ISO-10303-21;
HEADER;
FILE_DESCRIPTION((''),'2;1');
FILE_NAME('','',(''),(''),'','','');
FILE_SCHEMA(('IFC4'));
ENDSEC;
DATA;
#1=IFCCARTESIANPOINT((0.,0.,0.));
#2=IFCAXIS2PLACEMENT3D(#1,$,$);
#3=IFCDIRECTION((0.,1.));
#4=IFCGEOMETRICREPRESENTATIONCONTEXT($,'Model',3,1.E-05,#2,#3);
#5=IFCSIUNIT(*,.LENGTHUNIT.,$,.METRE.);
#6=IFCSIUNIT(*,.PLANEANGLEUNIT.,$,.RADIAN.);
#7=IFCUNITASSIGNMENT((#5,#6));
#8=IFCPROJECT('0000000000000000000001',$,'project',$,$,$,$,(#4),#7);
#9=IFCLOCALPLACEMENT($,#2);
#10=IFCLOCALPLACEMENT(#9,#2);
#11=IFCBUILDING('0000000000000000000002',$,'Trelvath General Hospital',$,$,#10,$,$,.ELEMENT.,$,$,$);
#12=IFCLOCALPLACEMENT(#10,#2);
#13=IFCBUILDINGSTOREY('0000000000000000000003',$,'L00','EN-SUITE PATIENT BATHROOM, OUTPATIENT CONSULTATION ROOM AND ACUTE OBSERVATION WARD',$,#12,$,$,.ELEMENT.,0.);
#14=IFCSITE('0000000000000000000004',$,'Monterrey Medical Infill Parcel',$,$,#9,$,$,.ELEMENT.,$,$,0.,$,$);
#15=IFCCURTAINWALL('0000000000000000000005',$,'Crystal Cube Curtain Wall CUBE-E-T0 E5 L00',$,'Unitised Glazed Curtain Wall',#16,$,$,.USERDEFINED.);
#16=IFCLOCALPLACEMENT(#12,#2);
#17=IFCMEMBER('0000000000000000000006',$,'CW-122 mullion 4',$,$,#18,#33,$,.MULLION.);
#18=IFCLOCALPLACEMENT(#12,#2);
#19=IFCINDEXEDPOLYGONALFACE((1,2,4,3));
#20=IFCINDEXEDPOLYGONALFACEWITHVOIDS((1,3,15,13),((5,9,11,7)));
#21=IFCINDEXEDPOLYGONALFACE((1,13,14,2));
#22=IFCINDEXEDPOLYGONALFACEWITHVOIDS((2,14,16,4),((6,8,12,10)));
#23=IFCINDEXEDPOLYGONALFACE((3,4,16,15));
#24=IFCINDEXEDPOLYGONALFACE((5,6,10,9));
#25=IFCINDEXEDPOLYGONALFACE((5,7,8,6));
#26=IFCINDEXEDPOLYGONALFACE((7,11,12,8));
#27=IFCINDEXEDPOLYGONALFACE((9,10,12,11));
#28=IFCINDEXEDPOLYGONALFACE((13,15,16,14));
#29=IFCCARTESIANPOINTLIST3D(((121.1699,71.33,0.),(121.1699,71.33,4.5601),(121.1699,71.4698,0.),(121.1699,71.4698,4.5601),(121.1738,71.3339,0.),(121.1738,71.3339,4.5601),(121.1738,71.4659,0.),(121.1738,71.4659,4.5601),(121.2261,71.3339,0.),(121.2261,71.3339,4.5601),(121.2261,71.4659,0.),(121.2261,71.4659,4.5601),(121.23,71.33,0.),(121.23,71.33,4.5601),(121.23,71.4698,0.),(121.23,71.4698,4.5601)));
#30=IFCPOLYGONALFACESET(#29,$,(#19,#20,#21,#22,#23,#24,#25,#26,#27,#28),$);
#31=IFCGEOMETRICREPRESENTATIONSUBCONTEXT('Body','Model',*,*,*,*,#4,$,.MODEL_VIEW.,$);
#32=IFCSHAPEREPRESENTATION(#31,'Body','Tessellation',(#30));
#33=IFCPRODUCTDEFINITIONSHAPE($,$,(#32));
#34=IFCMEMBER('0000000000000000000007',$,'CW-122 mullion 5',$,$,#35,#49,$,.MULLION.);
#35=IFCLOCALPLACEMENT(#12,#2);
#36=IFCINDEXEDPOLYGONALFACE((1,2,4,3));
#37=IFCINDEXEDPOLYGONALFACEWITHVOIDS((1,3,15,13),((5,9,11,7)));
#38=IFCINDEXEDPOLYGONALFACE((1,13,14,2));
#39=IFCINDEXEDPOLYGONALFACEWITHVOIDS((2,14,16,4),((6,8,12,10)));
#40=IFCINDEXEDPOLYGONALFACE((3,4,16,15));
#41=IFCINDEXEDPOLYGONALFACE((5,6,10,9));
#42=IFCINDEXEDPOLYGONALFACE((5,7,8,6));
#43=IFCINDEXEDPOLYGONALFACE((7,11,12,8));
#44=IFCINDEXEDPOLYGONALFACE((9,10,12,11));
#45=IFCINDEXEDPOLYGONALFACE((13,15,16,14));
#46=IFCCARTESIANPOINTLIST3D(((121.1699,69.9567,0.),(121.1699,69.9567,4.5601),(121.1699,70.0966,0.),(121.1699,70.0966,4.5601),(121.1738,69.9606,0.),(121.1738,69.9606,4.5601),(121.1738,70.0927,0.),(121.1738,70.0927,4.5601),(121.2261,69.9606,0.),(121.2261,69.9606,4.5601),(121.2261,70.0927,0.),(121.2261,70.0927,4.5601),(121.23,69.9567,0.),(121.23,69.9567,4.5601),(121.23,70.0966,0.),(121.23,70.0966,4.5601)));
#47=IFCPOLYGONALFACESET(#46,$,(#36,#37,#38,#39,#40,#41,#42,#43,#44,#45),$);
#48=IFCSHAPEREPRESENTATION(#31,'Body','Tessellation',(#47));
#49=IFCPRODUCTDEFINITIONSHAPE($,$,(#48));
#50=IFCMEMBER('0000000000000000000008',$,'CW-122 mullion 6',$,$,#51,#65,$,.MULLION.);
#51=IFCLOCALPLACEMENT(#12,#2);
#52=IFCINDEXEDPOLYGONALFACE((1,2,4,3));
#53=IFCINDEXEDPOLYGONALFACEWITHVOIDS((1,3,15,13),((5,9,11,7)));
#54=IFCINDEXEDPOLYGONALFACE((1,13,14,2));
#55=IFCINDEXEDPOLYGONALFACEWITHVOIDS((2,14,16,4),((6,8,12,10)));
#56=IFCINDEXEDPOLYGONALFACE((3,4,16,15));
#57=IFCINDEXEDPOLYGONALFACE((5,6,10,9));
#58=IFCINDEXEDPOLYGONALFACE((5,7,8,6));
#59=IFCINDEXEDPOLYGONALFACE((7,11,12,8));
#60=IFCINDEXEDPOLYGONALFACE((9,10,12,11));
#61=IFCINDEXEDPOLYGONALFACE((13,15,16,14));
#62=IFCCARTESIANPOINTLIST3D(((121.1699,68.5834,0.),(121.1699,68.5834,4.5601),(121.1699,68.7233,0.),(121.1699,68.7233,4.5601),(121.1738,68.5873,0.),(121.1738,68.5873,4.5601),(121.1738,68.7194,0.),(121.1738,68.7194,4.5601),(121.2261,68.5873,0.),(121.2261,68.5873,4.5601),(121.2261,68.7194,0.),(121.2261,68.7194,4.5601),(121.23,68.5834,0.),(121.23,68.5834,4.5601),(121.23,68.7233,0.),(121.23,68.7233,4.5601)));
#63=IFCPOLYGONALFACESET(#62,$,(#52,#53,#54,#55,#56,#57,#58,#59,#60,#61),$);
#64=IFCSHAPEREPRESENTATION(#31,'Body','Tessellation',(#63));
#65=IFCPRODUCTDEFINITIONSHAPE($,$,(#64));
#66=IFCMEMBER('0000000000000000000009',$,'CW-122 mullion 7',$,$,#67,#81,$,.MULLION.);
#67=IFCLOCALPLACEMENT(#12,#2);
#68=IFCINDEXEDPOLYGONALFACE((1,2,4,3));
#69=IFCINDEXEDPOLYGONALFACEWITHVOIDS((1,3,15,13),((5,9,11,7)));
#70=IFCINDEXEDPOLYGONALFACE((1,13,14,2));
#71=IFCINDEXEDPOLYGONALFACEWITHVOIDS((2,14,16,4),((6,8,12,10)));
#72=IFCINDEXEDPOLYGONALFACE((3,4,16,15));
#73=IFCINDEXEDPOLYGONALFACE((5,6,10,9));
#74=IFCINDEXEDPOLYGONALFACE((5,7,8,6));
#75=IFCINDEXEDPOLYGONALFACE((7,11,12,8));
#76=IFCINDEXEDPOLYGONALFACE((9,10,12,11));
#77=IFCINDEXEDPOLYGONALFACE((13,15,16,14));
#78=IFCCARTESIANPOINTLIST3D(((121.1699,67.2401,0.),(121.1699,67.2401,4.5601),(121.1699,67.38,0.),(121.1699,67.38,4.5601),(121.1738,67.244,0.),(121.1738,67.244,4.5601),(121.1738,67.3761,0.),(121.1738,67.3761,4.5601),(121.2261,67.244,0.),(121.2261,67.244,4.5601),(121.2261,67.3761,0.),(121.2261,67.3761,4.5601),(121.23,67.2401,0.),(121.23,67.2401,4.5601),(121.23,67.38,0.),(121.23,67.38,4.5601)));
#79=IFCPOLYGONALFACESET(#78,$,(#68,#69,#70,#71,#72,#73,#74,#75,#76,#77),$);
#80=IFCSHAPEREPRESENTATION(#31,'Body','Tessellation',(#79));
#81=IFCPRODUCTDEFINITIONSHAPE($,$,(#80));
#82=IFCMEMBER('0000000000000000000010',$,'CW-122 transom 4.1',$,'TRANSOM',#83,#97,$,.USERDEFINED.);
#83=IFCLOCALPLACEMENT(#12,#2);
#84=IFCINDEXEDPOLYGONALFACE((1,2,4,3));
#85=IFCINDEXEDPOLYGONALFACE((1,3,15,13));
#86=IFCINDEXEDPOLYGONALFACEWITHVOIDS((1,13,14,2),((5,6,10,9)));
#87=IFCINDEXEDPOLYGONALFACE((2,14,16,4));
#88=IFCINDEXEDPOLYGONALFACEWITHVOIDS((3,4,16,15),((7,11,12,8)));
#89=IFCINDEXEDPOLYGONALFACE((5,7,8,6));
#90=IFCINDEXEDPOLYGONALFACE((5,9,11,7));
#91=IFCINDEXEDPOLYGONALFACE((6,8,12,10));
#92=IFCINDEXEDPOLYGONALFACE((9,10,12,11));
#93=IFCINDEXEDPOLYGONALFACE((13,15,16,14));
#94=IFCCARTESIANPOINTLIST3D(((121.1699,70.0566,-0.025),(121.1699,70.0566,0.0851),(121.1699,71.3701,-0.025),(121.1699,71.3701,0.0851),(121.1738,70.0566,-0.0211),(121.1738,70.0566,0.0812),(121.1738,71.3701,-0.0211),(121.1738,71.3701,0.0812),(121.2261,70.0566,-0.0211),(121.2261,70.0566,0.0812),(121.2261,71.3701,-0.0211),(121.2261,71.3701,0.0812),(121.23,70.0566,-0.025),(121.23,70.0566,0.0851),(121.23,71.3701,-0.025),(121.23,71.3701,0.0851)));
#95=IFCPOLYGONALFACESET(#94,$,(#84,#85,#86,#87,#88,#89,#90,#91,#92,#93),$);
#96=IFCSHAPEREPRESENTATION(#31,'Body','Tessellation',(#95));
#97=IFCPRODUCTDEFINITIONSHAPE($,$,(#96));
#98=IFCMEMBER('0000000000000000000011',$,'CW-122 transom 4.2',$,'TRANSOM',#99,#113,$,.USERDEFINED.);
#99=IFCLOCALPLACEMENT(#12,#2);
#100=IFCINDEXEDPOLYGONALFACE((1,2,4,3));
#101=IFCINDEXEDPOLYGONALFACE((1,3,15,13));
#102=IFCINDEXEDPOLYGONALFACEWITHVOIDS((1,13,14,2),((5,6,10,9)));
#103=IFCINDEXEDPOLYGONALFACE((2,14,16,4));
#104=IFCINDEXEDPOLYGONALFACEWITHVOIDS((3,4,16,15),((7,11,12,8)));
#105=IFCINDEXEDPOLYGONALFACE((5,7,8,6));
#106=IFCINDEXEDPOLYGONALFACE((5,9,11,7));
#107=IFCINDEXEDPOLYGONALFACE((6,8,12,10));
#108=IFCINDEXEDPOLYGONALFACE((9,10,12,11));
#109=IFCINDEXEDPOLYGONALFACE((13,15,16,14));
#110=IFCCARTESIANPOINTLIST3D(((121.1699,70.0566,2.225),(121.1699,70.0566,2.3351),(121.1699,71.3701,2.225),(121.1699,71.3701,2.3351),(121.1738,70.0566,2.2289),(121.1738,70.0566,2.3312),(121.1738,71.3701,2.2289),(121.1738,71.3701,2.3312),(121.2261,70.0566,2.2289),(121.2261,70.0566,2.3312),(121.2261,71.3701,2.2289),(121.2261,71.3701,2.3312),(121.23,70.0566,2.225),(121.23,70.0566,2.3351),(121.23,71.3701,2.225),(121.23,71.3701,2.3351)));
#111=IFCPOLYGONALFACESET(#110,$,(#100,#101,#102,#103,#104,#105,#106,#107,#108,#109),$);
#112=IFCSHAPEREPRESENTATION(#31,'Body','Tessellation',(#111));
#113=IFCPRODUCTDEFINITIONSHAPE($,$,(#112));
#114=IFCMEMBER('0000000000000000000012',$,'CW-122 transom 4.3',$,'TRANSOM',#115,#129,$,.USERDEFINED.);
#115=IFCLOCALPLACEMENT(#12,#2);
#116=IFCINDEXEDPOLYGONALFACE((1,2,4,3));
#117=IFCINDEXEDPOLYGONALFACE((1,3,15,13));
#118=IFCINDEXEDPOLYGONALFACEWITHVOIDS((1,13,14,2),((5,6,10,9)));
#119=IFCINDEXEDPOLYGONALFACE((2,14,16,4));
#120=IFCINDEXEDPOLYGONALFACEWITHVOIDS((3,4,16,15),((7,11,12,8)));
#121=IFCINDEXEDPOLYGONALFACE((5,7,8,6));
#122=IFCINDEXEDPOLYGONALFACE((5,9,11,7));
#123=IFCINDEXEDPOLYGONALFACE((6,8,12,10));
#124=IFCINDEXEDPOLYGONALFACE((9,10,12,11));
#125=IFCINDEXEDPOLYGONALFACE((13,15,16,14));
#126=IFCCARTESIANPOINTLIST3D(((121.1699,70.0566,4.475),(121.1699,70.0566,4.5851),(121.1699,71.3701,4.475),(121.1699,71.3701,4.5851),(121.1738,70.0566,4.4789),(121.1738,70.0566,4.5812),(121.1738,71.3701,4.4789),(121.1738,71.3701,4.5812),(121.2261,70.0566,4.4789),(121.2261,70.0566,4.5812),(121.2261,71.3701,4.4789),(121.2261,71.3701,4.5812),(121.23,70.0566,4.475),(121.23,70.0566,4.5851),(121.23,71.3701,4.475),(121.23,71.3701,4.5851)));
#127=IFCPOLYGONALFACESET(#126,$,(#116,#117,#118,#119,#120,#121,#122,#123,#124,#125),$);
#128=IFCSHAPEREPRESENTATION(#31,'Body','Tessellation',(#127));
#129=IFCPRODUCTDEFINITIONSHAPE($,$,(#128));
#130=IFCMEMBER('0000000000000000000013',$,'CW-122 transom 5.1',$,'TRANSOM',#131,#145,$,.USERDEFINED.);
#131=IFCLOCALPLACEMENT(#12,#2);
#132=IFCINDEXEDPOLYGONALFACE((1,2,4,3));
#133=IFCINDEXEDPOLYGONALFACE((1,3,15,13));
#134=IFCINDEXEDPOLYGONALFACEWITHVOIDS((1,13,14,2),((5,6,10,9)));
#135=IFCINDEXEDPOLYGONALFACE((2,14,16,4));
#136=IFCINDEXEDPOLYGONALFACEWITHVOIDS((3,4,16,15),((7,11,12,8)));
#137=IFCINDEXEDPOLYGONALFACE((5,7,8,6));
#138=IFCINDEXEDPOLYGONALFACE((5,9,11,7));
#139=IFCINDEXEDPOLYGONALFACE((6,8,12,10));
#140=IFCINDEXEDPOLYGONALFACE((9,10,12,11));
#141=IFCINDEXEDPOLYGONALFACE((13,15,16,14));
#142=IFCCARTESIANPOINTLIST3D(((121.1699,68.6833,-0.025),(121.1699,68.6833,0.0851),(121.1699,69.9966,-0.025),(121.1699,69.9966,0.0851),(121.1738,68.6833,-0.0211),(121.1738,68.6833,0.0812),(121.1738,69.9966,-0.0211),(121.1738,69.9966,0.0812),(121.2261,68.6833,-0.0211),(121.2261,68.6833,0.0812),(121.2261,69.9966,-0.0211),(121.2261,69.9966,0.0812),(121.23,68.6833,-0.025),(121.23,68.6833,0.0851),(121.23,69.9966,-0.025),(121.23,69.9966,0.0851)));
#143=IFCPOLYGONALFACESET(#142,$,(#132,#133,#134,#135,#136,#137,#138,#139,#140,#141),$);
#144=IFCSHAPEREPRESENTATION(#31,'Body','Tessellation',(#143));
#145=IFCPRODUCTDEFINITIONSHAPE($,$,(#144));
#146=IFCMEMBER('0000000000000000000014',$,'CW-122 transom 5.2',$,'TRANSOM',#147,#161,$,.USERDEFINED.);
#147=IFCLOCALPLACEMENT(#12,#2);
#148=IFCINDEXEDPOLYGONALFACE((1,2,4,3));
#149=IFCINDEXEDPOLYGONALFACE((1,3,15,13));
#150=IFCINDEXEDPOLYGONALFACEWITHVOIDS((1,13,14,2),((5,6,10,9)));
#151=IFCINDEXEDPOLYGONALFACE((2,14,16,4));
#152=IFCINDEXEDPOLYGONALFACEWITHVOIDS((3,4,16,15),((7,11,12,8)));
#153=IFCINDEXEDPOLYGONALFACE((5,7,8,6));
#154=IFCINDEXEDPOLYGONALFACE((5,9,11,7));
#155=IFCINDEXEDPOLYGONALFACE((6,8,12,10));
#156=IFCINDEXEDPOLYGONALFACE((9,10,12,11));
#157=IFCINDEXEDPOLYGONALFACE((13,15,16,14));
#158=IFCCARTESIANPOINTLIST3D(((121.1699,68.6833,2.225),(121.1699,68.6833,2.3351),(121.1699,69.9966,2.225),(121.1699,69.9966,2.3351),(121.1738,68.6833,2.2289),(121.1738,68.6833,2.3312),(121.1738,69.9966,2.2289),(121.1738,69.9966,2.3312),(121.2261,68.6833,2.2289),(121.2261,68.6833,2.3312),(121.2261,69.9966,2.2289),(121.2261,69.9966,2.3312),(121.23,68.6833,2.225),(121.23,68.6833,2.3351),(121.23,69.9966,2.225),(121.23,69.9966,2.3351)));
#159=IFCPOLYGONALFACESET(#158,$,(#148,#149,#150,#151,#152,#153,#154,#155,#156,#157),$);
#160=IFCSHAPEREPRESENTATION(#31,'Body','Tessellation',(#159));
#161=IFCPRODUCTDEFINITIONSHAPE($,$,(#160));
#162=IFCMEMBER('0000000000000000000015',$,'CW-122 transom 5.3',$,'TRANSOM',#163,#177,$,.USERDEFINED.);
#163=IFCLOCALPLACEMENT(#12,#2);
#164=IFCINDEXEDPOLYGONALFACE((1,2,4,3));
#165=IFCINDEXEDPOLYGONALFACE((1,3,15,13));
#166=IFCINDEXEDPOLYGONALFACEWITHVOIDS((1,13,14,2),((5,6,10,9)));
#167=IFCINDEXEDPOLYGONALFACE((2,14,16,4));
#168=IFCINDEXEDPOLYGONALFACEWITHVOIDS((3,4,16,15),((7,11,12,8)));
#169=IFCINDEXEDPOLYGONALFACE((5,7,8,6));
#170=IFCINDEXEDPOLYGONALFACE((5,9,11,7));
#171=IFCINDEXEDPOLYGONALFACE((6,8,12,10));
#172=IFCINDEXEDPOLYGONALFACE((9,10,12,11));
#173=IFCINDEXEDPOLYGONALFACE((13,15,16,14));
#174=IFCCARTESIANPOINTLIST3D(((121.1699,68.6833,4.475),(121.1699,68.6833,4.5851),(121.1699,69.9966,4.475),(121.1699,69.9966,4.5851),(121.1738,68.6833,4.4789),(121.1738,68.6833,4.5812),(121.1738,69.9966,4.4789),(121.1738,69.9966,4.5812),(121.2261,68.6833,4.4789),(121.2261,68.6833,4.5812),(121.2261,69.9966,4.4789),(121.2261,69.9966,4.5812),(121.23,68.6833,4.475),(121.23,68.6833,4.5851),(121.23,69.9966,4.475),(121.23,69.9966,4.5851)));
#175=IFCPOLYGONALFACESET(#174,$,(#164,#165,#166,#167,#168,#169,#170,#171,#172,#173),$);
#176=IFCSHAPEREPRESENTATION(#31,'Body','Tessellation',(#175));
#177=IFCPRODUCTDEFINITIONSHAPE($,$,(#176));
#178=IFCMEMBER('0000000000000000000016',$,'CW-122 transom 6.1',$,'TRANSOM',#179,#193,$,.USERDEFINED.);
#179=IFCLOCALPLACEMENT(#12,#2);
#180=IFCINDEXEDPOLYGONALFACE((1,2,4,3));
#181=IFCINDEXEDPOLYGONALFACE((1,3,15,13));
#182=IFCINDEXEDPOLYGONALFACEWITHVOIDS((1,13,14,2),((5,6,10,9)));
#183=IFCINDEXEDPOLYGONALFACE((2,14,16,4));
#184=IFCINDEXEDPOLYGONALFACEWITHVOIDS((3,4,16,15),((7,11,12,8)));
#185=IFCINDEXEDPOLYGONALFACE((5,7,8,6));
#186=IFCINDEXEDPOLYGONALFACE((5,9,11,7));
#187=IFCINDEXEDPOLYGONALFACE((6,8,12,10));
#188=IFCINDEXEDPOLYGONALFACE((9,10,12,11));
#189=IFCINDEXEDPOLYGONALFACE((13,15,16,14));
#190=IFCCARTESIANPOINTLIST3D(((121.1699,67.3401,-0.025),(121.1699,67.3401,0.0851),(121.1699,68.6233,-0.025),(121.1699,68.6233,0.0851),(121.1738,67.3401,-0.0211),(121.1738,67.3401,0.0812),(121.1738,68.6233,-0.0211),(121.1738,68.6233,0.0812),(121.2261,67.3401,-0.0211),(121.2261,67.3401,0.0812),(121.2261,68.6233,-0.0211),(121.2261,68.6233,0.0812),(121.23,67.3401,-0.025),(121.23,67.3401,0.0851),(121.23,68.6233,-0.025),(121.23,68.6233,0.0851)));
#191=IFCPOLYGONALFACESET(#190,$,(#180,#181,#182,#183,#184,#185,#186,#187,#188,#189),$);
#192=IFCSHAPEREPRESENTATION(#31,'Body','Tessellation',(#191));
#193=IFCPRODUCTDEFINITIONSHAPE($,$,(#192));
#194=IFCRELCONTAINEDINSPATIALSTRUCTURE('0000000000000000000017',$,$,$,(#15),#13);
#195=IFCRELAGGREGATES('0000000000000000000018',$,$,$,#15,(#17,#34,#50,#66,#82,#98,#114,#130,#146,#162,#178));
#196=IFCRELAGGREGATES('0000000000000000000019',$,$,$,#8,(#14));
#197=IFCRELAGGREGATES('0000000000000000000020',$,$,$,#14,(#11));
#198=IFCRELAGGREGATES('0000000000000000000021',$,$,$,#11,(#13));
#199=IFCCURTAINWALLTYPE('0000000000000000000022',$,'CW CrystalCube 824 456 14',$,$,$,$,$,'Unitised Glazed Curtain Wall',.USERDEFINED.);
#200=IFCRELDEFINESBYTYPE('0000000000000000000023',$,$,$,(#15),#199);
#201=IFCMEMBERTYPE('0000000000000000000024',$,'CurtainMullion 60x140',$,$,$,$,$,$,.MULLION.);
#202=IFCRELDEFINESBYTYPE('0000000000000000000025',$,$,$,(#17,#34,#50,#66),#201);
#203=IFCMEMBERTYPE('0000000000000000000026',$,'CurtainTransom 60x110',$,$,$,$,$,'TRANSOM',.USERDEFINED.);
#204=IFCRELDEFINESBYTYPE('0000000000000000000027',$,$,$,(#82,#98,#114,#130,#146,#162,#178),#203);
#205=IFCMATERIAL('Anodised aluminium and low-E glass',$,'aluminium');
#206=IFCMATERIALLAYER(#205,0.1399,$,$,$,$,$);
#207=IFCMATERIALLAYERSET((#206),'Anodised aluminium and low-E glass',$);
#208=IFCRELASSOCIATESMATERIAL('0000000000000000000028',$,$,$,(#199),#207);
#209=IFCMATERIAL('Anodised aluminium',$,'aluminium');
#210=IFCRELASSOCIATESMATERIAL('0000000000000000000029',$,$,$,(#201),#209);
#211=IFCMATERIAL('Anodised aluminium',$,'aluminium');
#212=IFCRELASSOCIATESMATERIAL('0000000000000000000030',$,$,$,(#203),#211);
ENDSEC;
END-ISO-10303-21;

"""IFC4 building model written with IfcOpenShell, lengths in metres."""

from ifc_helpers import new_model, si_unit, direction, frame, origin, origin_2d, place, context, subcontext, project, spatial, hollow_rectangle, extrude, material, layer, layer_set, material_profile, profile_set, type_object, element, aggregate, save


model = new_model("IFC4")

# Units and contexts
model_context = context("Model", 3, precision=1e-05, world=origin(), true_north=direction((0.0, 1.0)))
body_context = subcontext(model_context, "Body", "Model", "MODEL_VIEW")
ifc_project = project(units=[si_unit("LENGTHUNIT", "METRE"), si_unit("PLANEANGLEUNIT", "RADIAN")], contexts=[model_context])

# Site, building, storey
site_placement = place(None, origin())
site = spatial("IfcSite", under=ifc_project, at=site_placement, Name="Monterrey Medical Infill Parcel", CompositionType="ELEMENT", RefElevation=0.0)
building_placement = place(site_placement, origin())
building = spatial("IfcBuilding", under=site, at=building_placement, Name="Trelvath General Hospital", CompositionType="ELEMENT")
storey_placement = place(building_placement, origin())
storey = spatial("IfcBuildingStorey", under=building, at=storey_placement, Name="L00", Description="EN-SUITE PATIENT BATHROOM, OUTPATIENT CONSULTATION ROOM AND ACUTE OBSERVATION WARD", CompositionType="ELEMENT", Elevation=0.0)

# Curtain wall, members
ifc_material_1 = material(Name="Anodised aluminium and low-E glass", Category="aluminium")
ifc_layer_1 = layer(ifc_material_1, 0.1399)
ifc_layer_set_1 = layer_set([ifc_layer_1], Name="Anodised aluminium and low-E glass")
curtain_wall_type = type_object("IfcCurtainWallType", Name="CW CrystalCube 824 456 14", ElementType="Unitised Glazed Curtain Wall", PredefinedType="USERDEFINED", material=ifc_layer_set_1)
curtain_wall_placement = place(storey_placement, origin())
curtain_wall = element("IfcCurtainWall", 1, at=curtain_wall_placement, inside=storey, type_object=curtain_wall_type, Name="Crystal Cube Curtain Wall CUBE-E-T0 E5 L00", ObjectType="Unitised Glazed Curtain Wall", PredefinedType="USERDEFINED")
ifc_material_2 = material(Name="Anodised aluminium", Category="aluminium")
ifc_material_profile_1 = material_profile(ifc_material_2, hollow_rectangle(XDim=0.0601, YDim=0.1399, WallThickness=0.0039, at=origin_2d()), Name="RHS60x140x4")
ifc_profile_set_1 = profile_set([ifc_material_profile_1], Name="Anodised aluminium")
member_type_1 = type_object("IfcMemberType", Name="CurtainMullion 60x140", PredefinedType="MULLION", material=ifc_profile_set_1)
member_1_placement = place(storey_placement, frame((121.2, 71.3999, 0.0), z_axis=(0.0, 0.0, 1.0), x_axis=(1.0, 0.0, 0.0)))
member_1 = element("IfcMember", 2, at=member_1_placement, type_object=member_type_1, Name="CW-122 mullion 4", PredefinedType="MULLION", context=body_context, shape_type="SweptSolid", body=[
    extrude(hollow_rectangle(XDim=0.0601, YDim=0.1399, WallThickness=0.0039, at=origin_2d()), origin(), (0.0, 0.0, 1.0), 4.5601),
])
member_2_placement = place(storey_placement, frame((121.2, 70.0266, 0.0), z_axis=(0.0, 0.0, 1.0), x_axis=(1.0, 0.0, 0.0)))
member_2 = element("IfcMember", 3, at=member_2_placement, type_object=member_type_1, Name="CW-122 mullion 5", PredefinedType="MULLION", context=body_context, shape_type="SweptSolid", body=[
    extrude(hollow_rectangle(XDim=0.0601, YDim=0.1399, WallThickness=0.0039, at=origin_2d()), origin(), (0.0, 0.0, 1.0), 4.5601),
])
member_3_placement = place(storey_placement, frame((121.2, 68.6533, 0.0), z_axis=(0.0, 0.0, 1.0), x_axis=(1.0, 0.0, 0.0)))
member_3 = element("IfcMember", 4, at=member_3_placement, type_object=member_type_1, Name="CW-122 mullion 6", PredefinedType="MULLION", context=body_context, shape_type="SweptSolid", body=[
    extrude(hollow_rectangle(XDim=0.0601, YDim=0.1399, WallThickness=0.0039, at=origin_2d()), origin(), (0.0, 0.0, 1.0), 4.5601),
])
member_4_placement = place(storey_placement, frame((121.2, 67.3101, 0.0), z_axis=(0.0, 0.0, 1.0), x_axis=(1.0, 0.0, 0.0)))
member_4 = element("IfcMember", 5, at=member_4_placement, type_object=member_type_1, Name="CW-122 mullion 7", PredefinedType="MULLION", context=body_context, shape_type="SweptSolid", body=[
    extrude(hollow_rectangle(XDim=0.0601, YDim=0.1399, WallThickness=0.0039, at=origin_2d()), origin(), (0.0, 0.0, 1.0), 4.5601),
])
ifc_material_3 = material(Name="Anodised aluminium", Category="aluminium")
ifc_material_profile_2 = material_profile(ifc_material_3, hollow_rectangle(XDim=0.0601, YDim=0.1101, WallThickness=0.0039, at=origin_2d()), Name="RHS60x110x4")
ifc_profile_set_2 = profile_set([ifc_material_profile_2], Name="Anodised aluminium")
member_type_2 = type_object("IfcMemberType", Name="CurtainTransom 60x110", ElementType="TRANSOM", PredefinedType="USERDEFINED", material=ifc_profile_set_2)
member_5_placement = place(storey_placement, frame((121.2, 71.3701, 0.03), z_axis=(0.0, -1.0, 0.0), x_axis=(1.0, 0.0, 0.0)))
member_5 = element("IfcMember", 6, at=member_5_placement, type_object=member_type_2, Name="CW-122 transom 4.1", ObjectType="TRANSOM", PredefinedType="USERDEFINED", context=body_context, shape_type="SweptSolid", body=[
    extrude(hollow_rectangle(XDim=0.0601, YDim=0.1101, WallThickness=0.0039, at=origin_2d()), origin(), (0.0, 0.0, 1.0), 1.3135),
])
member_6_placement = place(storey_placement, frame((121.2, 71.3701, 2.28), z_axis=(0.0, -1.0, 0.0), x_axis=(1.0, 0.0, 0.0)))
member_6 = element("IfcMember", 7, at=member_6_placement, type_object=member_type_2, Name="CW-122 transom 4.2", ObjectType="TRANSOM", PredefinedType="USERDEFINED", context=body_context, shape_type="SweptSolid", body=[
    extrude(hollow_rectangle(XDim=0.0601, YDim=0.1101, WallThickness=0.0039, at=origin_2d()), origin(), (0.0, 0.0, 1.0), 1.3135),
])
member_7_placement = place(storey_placement, frame((121.2, 71.3701, 4.53), z_axis=(0.0, -1.0, 0.0), x_axis=(1.0, 0.0, 0.0)))
member_7 = element("IfcMember", 8, at=member_7_placement, type_object=member_type_2, Name="CW-122 transom 4.3", ObjectType="TRANSOM", PredefinedType="USERDEFINED", context=body_context, shape_type="SweptSolid", body=[
    extrude(hollow_rectangle(XDim=0.0601, YDim=0.1101, WallThickness=0.0039, at=origin_2d()), origin(), (0.0, 0.0, 1.0), 1.3135),
])
member_8_placement = place(storey_placement, frame((121.2, 69.9966, 0.03), z_axis=(0.0, -1.0, 0.0), x_axis=(1.0, 0.0, 0.0)))
member_8 = element("IfcMember", 9, at=member_8_placement, type_object=member_type_2, Name="CW-122 transom 5.1", ObjectType="TRANSOM", PredefinedType="USERDEFINED", context=body_context, shape_type="SweptSolid", body=[
    extrude(hollow_rectangle(XDim=0.0601, YDim=0.1101, WallThickness=0.0039, at=origin_2d()), origin(), (0.0, 0.0, 1.0), 1.3132),
])
member_9_placement = place(storey_placement, frame((121.2, 69.9966, 2.28), z_axis=(0.0, -1.0, 0.0), x_axis=(1.0, 0.0, 0.0)))
member_9 = element("IfcMember", 10, at=member_9_placement, type_object=member_type_2, Name="CW-122 transom 5.2", ObjectType="TRANSOM", PredefinedType="USERDEFINED", context=body_context, shape_type="SweptSolid", body=[
    extrude(hollow_rectangle(XDim=0.0601, YDim=0.1101, WallThickness=0.0039, at=origin_2d()), origin(), (0.0, 0.0, 1.0), 1.3132),
])
member_10_placement = place(storey_placement, frame((121.2, 69.9966, 4.53), z_axis=(0.0, -1.0, 0.0), x_axis=(1.0, 0.0, 0.0)))
member_10 = element("IfcMember", 11, at=member_10_placement, type_object=member_type_2, Name="CW-122 transom 5.3", ObjectType="TRANSOM", PredefinedType="USERDEFINED", context=body_context, shape_type="SweptSolid", body=[
    extrude(hollow_rectangle(XDim=0.0601, YDim=0.1101, WallThickness=0.0039, at=origin_2d()), origin(), (0.0, 0.0, 1.0), 1.3132),
])
member_11_placement = place(storey_placement, frame((121.2, 68.6233, 0.03), z_axis=(0.0, -1.0, 0.0), x_axis=(1.0, 0.0, 0.0)))
member_11 = element("IfcMember", 12, at=member_11_placement, type_object=member_type_2, Name="CW-122 transom 6.1", ObjectType="TRANSOM", PredefinedType="USERDEFINED", context=body_context, shape_type="SweptSolid", body=[
    extrude(hollow_rectangle(XDim=0.0601, YDim=0.1101, WallThickness=0.0039, at=origin_2d()), origin(), (0.0, 0.0, 1.0), 1.2832),
])
aggregate(curtain_wall, [member_1, member_2, member_3, member_4, member_5, member_6, member_7, member_8, member_9, member_10, member_11])

save(model, "model.ifc")
